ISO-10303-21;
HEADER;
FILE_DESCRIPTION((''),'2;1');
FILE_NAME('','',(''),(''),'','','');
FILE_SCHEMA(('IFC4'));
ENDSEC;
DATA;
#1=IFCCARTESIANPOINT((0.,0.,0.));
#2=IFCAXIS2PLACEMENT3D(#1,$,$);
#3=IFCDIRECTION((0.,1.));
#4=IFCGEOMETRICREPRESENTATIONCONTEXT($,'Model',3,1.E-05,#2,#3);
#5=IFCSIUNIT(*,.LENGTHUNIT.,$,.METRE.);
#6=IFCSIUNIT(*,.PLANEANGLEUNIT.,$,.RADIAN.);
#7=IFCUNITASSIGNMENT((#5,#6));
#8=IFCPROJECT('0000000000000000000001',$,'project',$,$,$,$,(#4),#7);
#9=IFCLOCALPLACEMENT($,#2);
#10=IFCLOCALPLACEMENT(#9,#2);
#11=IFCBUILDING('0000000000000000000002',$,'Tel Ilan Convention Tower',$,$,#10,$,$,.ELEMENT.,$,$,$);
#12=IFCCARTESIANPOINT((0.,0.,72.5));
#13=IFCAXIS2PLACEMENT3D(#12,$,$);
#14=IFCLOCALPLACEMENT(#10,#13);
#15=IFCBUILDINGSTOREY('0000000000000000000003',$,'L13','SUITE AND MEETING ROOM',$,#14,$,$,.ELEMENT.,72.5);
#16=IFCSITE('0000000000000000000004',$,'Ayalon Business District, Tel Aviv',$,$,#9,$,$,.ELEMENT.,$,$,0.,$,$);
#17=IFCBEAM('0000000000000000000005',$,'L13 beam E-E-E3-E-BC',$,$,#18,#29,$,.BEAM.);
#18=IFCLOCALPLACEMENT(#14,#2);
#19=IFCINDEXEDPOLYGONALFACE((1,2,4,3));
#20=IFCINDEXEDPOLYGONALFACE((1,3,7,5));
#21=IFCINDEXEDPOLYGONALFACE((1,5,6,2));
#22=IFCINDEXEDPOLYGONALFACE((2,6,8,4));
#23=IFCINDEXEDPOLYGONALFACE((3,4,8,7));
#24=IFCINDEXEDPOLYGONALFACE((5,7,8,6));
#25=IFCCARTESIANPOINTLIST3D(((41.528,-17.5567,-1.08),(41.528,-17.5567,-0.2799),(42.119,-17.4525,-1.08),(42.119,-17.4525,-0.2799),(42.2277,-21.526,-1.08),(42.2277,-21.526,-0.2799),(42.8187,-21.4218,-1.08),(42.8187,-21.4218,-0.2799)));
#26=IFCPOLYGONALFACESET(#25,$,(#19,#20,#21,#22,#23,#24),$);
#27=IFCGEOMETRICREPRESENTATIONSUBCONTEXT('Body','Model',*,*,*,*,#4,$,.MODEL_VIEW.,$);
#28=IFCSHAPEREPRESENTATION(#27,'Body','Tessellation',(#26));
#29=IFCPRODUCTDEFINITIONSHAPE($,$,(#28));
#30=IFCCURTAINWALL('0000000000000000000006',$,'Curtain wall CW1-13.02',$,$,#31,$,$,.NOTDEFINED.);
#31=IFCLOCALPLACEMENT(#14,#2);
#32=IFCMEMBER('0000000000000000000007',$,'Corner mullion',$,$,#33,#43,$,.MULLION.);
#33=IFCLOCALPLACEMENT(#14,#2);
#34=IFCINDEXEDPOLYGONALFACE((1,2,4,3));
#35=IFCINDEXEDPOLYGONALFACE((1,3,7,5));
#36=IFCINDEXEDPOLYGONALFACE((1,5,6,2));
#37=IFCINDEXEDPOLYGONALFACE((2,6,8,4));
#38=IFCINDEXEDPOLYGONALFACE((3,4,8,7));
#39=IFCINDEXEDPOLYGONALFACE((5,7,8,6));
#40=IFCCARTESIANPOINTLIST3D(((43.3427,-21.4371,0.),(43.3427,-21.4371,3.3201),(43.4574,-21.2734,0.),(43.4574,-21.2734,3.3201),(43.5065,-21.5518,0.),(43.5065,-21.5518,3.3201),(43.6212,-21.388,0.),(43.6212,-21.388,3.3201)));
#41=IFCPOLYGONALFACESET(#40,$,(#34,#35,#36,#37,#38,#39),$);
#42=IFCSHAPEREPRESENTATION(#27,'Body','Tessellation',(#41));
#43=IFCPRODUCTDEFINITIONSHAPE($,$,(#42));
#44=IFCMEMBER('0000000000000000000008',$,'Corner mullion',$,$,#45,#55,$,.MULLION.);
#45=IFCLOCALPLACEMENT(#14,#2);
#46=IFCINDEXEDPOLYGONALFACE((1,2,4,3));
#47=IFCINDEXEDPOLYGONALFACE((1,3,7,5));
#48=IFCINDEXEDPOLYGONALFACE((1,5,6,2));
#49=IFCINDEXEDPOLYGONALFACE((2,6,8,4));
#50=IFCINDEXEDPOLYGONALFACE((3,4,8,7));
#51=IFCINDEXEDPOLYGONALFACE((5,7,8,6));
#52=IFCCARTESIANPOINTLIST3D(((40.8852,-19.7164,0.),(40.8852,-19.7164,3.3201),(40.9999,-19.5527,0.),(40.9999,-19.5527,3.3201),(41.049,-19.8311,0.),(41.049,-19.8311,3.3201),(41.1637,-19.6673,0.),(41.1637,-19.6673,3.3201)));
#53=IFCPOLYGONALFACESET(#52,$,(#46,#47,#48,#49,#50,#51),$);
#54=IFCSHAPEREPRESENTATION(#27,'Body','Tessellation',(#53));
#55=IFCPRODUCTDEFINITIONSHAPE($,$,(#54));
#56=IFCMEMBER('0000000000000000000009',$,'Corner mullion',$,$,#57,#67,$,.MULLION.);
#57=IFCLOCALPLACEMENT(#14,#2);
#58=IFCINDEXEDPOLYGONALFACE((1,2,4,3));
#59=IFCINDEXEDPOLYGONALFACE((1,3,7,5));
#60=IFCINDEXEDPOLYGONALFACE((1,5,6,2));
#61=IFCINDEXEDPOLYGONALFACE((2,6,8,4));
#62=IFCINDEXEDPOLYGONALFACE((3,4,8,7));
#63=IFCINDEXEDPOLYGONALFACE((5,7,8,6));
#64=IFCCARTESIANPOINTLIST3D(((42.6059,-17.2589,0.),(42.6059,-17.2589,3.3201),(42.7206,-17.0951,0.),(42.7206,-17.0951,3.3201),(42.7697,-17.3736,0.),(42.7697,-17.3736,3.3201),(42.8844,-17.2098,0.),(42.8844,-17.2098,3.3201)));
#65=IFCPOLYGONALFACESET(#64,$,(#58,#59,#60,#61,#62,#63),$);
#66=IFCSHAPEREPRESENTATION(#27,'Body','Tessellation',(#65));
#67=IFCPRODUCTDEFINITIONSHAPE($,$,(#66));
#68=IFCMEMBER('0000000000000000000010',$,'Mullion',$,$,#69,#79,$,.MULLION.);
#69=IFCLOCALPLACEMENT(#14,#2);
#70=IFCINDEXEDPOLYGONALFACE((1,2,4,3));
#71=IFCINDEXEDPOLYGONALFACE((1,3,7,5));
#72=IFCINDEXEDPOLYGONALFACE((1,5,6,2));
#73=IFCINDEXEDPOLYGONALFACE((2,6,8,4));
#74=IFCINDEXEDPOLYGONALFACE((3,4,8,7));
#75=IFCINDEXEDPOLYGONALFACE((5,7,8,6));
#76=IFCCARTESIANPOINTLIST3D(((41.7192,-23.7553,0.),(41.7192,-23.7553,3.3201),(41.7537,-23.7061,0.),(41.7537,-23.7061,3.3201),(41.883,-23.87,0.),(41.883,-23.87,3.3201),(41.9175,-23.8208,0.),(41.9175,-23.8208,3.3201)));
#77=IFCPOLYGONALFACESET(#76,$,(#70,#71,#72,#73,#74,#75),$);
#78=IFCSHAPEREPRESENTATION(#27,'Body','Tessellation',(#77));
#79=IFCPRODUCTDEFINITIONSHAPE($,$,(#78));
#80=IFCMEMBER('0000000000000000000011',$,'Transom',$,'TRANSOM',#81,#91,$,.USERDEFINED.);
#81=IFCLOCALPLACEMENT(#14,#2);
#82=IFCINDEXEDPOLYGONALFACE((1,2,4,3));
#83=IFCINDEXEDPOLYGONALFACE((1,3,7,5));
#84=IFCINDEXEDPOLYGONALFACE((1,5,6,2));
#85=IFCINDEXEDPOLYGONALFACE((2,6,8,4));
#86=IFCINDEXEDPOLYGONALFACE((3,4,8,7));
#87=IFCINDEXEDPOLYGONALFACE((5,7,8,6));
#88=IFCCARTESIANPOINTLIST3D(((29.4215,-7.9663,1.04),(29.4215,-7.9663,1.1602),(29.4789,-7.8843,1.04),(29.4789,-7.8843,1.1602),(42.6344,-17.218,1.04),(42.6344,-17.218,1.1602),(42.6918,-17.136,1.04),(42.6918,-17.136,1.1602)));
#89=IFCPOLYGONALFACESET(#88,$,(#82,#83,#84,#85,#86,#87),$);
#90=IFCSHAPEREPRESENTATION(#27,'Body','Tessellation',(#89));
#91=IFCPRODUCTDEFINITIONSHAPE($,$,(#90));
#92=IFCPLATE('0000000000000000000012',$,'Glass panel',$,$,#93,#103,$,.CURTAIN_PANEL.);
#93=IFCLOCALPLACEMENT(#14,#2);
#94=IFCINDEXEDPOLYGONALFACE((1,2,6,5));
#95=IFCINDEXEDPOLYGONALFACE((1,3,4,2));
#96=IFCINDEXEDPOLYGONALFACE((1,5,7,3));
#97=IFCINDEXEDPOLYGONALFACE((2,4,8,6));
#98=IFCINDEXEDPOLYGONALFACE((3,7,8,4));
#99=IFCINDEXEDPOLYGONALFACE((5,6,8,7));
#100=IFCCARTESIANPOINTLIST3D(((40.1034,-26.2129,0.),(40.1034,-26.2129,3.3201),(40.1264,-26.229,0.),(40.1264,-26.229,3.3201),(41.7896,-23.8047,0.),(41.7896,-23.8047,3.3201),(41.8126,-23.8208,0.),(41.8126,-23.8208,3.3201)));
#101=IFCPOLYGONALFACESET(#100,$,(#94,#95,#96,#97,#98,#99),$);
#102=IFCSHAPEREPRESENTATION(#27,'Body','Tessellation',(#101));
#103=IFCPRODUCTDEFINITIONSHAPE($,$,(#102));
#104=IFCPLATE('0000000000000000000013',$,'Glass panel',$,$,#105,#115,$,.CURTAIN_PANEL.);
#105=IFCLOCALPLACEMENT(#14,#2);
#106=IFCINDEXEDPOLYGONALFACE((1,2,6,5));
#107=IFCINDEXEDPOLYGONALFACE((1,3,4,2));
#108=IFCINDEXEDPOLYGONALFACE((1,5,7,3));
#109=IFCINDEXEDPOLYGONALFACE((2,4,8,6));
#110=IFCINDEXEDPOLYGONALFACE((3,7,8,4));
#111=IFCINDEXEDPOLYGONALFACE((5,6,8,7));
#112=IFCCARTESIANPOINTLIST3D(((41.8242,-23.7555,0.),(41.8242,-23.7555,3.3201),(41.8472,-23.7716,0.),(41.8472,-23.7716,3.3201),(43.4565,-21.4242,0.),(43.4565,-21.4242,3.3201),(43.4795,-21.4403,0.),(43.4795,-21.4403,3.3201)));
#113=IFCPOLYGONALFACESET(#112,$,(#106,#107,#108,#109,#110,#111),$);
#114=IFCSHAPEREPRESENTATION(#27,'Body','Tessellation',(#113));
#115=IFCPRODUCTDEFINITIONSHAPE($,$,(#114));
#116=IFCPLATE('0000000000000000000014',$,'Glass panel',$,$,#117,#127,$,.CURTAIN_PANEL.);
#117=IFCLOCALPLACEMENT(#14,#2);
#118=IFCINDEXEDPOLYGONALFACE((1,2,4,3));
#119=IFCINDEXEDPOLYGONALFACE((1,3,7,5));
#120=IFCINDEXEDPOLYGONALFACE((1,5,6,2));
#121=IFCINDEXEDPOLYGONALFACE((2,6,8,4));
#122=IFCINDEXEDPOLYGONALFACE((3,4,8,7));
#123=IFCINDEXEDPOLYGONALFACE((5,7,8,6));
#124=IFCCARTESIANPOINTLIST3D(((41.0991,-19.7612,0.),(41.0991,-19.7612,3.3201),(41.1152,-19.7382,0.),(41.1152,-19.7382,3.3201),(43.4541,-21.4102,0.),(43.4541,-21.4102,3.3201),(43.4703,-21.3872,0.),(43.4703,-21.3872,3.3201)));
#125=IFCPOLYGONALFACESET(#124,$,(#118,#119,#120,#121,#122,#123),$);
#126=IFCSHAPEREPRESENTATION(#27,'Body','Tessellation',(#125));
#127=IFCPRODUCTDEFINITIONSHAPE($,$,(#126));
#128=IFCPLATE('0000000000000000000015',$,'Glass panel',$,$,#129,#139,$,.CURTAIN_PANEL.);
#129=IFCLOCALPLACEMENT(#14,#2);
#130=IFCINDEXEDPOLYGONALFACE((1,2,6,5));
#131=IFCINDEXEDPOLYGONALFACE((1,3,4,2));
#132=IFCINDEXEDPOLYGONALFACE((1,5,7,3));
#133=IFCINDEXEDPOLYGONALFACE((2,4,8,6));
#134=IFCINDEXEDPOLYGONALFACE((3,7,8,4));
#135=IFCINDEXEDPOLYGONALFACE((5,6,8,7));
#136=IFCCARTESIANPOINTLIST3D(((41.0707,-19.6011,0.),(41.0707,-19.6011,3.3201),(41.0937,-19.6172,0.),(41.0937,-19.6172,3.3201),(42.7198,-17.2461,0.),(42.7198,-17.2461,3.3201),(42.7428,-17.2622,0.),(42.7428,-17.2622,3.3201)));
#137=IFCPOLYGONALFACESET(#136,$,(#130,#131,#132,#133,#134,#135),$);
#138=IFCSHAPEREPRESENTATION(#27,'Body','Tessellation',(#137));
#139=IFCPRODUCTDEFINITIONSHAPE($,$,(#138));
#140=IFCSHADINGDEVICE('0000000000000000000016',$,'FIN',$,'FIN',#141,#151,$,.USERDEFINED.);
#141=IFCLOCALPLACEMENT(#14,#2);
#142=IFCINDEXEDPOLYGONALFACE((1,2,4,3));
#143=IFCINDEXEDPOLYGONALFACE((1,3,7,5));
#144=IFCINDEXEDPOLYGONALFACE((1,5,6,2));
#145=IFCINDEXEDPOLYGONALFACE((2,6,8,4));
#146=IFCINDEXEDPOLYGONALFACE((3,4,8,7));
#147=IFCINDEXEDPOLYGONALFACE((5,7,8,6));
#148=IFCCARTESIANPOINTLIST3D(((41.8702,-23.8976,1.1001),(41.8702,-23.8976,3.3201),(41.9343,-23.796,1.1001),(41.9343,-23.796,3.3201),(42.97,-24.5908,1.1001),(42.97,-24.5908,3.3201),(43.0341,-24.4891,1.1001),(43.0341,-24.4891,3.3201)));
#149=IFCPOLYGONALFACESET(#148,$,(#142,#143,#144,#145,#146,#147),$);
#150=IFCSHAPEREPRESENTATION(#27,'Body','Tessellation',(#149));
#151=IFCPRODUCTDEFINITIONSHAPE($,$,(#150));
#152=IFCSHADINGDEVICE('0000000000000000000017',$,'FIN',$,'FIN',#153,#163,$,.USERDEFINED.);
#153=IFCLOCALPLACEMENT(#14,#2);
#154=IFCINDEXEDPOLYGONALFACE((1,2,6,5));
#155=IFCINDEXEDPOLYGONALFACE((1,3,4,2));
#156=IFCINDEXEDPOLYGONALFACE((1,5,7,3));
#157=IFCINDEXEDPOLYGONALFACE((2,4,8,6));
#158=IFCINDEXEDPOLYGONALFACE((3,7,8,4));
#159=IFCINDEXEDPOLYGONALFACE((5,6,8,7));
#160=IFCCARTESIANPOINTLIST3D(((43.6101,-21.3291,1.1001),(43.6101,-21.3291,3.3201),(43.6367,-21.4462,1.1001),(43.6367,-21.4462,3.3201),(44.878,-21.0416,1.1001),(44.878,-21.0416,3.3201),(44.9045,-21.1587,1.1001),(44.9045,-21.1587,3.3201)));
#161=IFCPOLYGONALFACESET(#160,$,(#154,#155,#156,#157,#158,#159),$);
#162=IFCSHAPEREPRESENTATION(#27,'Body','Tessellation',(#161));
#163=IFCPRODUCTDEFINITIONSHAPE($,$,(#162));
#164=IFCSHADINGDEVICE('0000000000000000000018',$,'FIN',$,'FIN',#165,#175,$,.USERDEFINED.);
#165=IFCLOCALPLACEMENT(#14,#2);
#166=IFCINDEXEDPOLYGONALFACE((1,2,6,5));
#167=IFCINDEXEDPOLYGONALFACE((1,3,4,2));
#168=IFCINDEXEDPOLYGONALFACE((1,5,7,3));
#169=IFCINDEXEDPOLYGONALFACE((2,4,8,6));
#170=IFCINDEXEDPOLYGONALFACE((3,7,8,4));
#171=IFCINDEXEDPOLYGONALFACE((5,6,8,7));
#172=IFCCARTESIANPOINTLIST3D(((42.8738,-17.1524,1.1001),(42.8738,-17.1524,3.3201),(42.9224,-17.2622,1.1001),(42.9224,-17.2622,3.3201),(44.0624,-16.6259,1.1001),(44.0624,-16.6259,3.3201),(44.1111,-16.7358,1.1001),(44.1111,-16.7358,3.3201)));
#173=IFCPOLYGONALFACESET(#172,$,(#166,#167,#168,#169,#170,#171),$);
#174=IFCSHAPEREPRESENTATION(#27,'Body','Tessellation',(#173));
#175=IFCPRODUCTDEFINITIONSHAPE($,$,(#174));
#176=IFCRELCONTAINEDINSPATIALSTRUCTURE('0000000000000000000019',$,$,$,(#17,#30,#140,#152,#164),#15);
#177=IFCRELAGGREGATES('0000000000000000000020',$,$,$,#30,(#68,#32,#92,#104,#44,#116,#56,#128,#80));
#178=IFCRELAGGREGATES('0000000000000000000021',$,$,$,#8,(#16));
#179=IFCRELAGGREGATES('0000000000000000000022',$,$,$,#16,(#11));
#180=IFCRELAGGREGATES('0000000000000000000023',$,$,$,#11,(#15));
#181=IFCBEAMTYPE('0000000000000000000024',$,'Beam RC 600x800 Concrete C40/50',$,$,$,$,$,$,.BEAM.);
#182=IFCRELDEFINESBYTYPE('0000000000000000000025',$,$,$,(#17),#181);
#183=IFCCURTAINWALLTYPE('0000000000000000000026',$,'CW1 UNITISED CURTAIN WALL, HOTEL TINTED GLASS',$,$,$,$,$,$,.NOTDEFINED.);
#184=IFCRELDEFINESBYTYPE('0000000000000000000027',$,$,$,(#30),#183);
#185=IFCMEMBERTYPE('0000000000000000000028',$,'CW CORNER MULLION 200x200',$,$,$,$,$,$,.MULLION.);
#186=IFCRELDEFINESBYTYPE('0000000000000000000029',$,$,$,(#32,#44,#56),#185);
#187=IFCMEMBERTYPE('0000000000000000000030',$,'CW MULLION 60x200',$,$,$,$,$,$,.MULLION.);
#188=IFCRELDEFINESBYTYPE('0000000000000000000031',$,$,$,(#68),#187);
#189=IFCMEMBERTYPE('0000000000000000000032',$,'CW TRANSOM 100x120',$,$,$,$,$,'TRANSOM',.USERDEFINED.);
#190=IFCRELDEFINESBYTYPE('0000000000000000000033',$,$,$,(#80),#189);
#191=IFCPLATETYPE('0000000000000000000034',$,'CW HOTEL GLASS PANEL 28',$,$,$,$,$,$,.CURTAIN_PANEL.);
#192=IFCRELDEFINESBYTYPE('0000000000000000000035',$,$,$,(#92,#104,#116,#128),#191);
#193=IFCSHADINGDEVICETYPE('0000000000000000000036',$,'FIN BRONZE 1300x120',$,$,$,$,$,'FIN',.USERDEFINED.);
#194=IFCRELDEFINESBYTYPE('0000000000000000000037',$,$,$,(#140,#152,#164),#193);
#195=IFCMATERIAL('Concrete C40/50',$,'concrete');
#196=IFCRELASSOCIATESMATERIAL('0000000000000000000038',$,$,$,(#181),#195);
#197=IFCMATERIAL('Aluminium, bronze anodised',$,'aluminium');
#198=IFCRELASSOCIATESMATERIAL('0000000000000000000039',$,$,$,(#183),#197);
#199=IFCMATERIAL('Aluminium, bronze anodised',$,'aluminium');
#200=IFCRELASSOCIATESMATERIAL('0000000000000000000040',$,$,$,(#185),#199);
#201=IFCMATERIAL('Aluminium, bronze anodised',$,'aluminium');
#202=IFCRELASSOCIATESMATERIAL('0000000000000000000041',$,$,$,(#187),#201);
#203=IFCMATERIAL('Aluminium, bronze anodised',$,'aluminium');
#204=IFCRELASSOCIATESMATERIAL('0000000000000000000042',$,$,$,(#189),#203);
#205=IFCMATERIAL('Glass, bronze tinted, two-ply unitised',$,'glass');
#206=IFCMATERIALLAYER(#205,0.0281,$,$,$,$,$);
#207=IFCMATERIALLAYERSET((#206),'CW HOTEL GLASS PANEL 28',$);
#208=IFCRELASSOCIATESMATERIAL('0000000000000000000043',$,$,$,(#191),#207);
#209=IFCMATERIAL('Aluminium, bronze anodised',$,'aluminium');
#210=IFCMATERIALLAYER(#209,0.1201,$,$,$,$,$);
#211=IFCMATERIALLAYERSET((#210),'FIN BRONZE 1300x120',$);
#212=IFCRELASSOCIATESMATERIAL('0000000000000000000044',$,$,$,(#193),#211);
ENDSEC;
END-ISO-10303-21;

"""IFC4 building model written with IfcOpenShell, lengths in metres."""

from ifc_helpers import new_model, si_unit, direction, frame, origin, origin_2d, place, context, subcontext, project, spatial, rectangle, extrude, material, layer, layer_set, material_profile, profile_set, type_object, element, aggregate, save


model = new_model("IFC4")

# Units and contexts
model_context = context("Model", 3, precision=1e-05, world=origin(), true_north=direction((0.0, 1.0)))
body_context = subcontext(model_context, "Body", "Model", "MODEL_VIEW")
ifc_project = project(units=[si_unit("LENGTHUNIT", "METRE"), si_unit("PLANEANGLEUNIT", "RADIAN")], contexts=[model_context])

# Site, building, storey
site_placement = place(None, origin())
site = spatial("IfcSite", under=ifc_project, at=site_placement, Name="Ayalon Business District, Tel Aviv", CompositionType="ELEMENT", RefElevation=0.0)
building_placement = place(site_placement, origin())
building = spatial("IfcBuilding", under=site, at=building_placement, Name="Tel Ilan Convention Tower", CompositionType="ELEMENT")
storey_placement = place(building_placement, frame((0.0, 0.0, 72.5)))
storey = spatial("IfcBuildingStorey", under=building, at=storey_placement, Name="L13", Description="SUITE AND MEETING ROOM", CompositionType="ELEMENT", Elevation=72.5)

# Beam
ifc_material_1 = material(Name="Concrete C40/50", Category="concrete")
ifc_material_profile_1 = material_profile(ifc_material_1, rectangle(XDim=0.6001, YDim=0.8, at=origin_2d()), Name="RC 600x800")
ifc_profile_set_1 = profile_set([ifc_material_profile_1], Name="Concrete C40/50")
beam_type = type_object("IfcBeamType", Name="Beam RC 600x800 Concrete C40/50", PredefinedType="BEAM", material=ifc_profile_set_1)
beam_placement = place(storey_placement, frame((42.5232, -21.4739, -0.6799), z_axis=(-0.173606, 0.984815, 0.0), x_axis=(-0.984815, -0.173606, 0.0)))
element("IfcBeam", 1, at=beam_placement, inside=storey, type_object=beam_type, Name="L13 beam E-E-E3-E-BC", PredefinedType="BEAM", context=body_context, shape_type="SweptSolid", body=[
    extrude(rectangle(XDim=0.6001, YDim=0.8, at=origin_2d()), origin(), (0.0, 0.0, 1.0), 4.0305),
])

# Curtain wall, members, plates
ifc_material_2 = material(Name="Aluminium, bronze anodised", Category="aluminium")
curtain_wall_type = type_object("IfcCurtainWallType", Name="CW1 UNITISED CURTAIN WALL, HOTEL TINTED GLASS", PredefinedType="NOTDEFINED", material=ifc_material_2)
curtain_wall_placement = place(storey_placement, origin())
curtain_wall = element("IfcCurtainWall", 2, at=curtain_wall_placement, inside=storey, type_object=curtain_wall_type, Name="Curtain wall CW1-13.02", PredefinedType="NOTDEFINED")
ifc_material_3 = material(Name="Aluminium, bronze anodised", Category="aluminium")
ifc_material_profile_2 = material_profile(ifc_material_3, rectangle(XDim=0.2, YDim=0.2, at=origin_2d()), Name="CW CORNER MULLION 200x200")
ifc_profile_set_2 = profile_set([ifc_material_profile_2], Name="Aluminium, bronze anodised")
member_type_1 = type_object("IfcMemberType", Name="CW CORNER MULLION 200x200", PredefinedType="MULLION", material=ifc_profile_set_2)
member_1_placement = place(storey_placement, frame((43.4819, -21.4126, 0.0), z_axis=(0.0, 0.0, 1.0), x_axis=(0.573576, 0.819152, 0.0)))
member_1 = element("IfcMember", 3, at=member_1_placement, type_object=member_type_1, Name="Corner mullion", PredefinedType="MULLION", context=body_context, shape_type="SweptSolid", body=[
    extrude(rectangle(XDim=0.2, YDim=0.2, at=origin_2d()), origin(), (0.0, 0.0, 1.0), 3.3201),
])
member_2_placement = place(storey_placement, frame((41.0244, -19.6919, 0.0), z_axis=(0.0, 0.0, 1.0), x_axis=(-0.819152, 0.573576, 0.0)))
member_2 = element("IfcMember", 4, at=member_2_placement, type_object=member_type_1, Name="Corner mullion", PredefinedType="MULLION", context=body_context, shape_type="SweptSolid", body=[
    extrude(rectangle(XDim=0.2, YDim=0.2, at=origin_2d()), origin(), (0.0, 0.0, 1.0), 3.3201),
])
member_3_placement = place(storey_placement, frame((42.7451, -17.2344, 0.0), z_axis=(0.0, 0.0, 1.0), x_axis=(0.573576, 0.819152, 0.0)))
member_3 = element("IfcMember", 5, at=member_3_placement, type_object=member_type_1, Name="Corner mullion", PredefinedType="MULLION", context=body_context, shape_type="SweptSolid", body=[
    extrude(rectangle(XDim=0.2, YDim=0.2, at=origin_2d()), origin(), (0.0, 0.0, 1.0), 3.3201),
])
ifc_material_4 = material(Name="Aluminium, bronze anodised", Category="aluminium")
ifc_material_profile_3 = material_profile(ifc_material_4, rectangle(XDim=0.0601, YDim=0.2, at=origin_2d()), Name="CW MULLION 60x200")
ifc_profile_set_3 = profile_set([ifc_material_profile_3], Name="Aluminium, bronze anodised")
member_type_2 = type_object("IfcMemberType", Name="CW MULLION 60x200", PredefinedType="MULLION", material=ifc_profile_set_3)
member_4_placement = place(storey_placement, frame((41.8184, -23.7881, 0.0), z_axis=(0.0, 0.0, 1.0), x_axis=(0.573576, 0.819152, 0.0)))
member_4 = element("IfcMember", 6, at=member_4_placement, type_object=member_type_2, Name="Mullion", PredefinedType="MULLION", context=body_context, shape_type="SweptSolid", body=[
    extrude(rectangle(XDim=0.0601, YDim=0.2, at=origin_2d()), origin(), (0.0, 0.0, 1.0), 3.3201),
])
ifc_material_5 = material(Name="Aluminium, bronze anodised", Category="aluminium")
ifc_material_profile_4 = material_profile(ifc_material_5, rectangle(XDim=0.1001, YDim=0.1201, at=origin_2d()), Name="CW TRANSOM 100x120")
ifc_profile_set_4 = profile_set([ifc_material_profile_4], Name="Aluminium, bronze anodised")
member_type_3 = type_object("IfcMemberType", Name="CW TRANSOM 100x120", ElementType="TRANSOM", PredefinedType="USERDEFINED", material=ifc_profile_set_4)
member_5_placement = place(storey_placement, frame((42.6631, -17.177, 1.1001), z_axis=(-0.819154, 0.573574, 0.0), x_axis=(-0.573574, -0.819154, 0.0)))
member_5 = element("IfcMember", 7, at=member_5_placement, type_object=member_type_3, Name="Transom", ObjectType="TRANSOM", PredefinedType="USERDEFINED", context=body_context, shape_type="SweptSolid", body=[
    extrude(rectangle(XDim=0.1001, YDim=0.1201, at=origin_2d()), origin(), (0.0, 0.0, 1.0), 16.1299),
])
ifc_material_6 = material(Name="Glass, bronze tinted, two-ply unitised", Category="glass")
ifc_layer_1 = layer(ifc_material_6, 0.0281)
ifc_layer_set_1 = layer_set([ifc_layer_1], Name="CW HOTEL GLASS PANEL 28")
plate_type = type_object("IfcPlateType", Name="CW HOTEL GLASS PANEL 28", PredefinedType="CURTAIN_PANEL", material=ifc_layer_set_1)
plate_1_placement = place(storey_placement, frame((40.958, -25.0168, 0.0), z_axis=(0.0, 0.0, 1.0), x_axis=(0.573576, 0.819152, 0.0)))
plate_1 = element("IfcPlate", 8, at=plate_1_placement, type_object=plate_type, Name="Glass panel", PredefinedType="CURTAIN_PANEL", context=body_context, shape_type="SweptSolid", body=[
    extrude(rectangle(XDim=2.9399, YDim=0.0281, at=origin_2d()), origin(), (0.0, 0.0, 1.0), 3.3201),
])
plate_2_placement = place(storey_placement, frame((42.6519, -22.5979, 0.0), z_axis=(0.0, 0.0, 1.0), x_axis=(0.573576, 0.819152, 0.0)))
plate_2 = element("IfcPlate", 9, at=plate_2_placement, type_object=plate_type, Name="Glass panel", PredefinedType="CURTAIN_PANEL", context=body_context, shape_type="SweptSolid", body=[
    extrude(rectangle(XDim=2.8459, YDim=0.0281, at=origin_2d()), origin(), (0.0, 0.0, 1.0), 3.3201),
])
plate_3_placement = place(storey_placement, frame((42.2847, -20.5742, 0.0), z_axis=(0.0, 0.0, 1.0), x_axis=(-0.819152, 0.573576, 0.0)))
plate_3 = element("IfcPlate", 10, at=plate_3_placement, type_object=plate_type, Name="Glass panel", PredefinedType="CURTAIN_PANEL", context=body_context, shape_type="SweptSolid", body=[
    extrude(rectangle(XDim=2.875, YDim=0.0281, at=origin_2d()), origin(), (0.0, 0.0, 1.0), 3.3201),
])
plate_4_placement = place(storey_placement, frame((41.9067, -18.4316, 0.0), z_axis=(0.0, 0.0, 1.0), x_axis=(0.573576, 0.819152, 0.0)))
plate_4 = element("IfcPlate", 11, at=plate_4_placement, type_object=plate_type, Name="Glass panel", PredefinedType="CURTAIN_PANEL", context=body_context, shape_type="SweptSolid", body=[
    extrude(rectangle(XDim=2.875, YDim=0.0281, at=origin_2d()), origin(), (0.0, 0.0, 1.0), 3.3201),
])
aggregate(curtain_wall, [member_4, member_1, plate_1, plate_2, member_2, plate_3, member_3, plate_4, member_5])

# Shading devices
ifc_material_7 = material(Name="Aluminium, bronze anodised", Category="aluminium")
ifc_layer_2 = layer(ifc_material_7, 0.1201)
ifc_layer_set_2 = layer_set([ifc_layer_2], Name="FIN BRONZE 1300x120")
shading_device_type = type_object("IfcShadingDeviceType", Name="FIN BRONZE 1300x120", ElementType="FIN", PredefinedType="USERDEFINED", material=ifc_layer_set_2)
for number, where, z_axis, x_axis, name in (
    (12, (42.4521, -24.1934, 1.1001), (0.0, 0.0, 1.0), (0.845986, -0.533204, 0.0), "FIN"),
    (13, (44.2573, -21.2439, 1.1001), (0.0, 0.0, 1.0), (0.975235, 0.22117, 0.0), "FIN"),
    (14, (43.4924, -16.9441, 1.1001), (0.0, 0.0, 1.0), (0.914333, 0.404964, 0.0), "FIN"),
):
    element("IfcShadingDevice", number, at=place(storey_placement, frame(where, z_axis=z_axis, x_axis=x_axis)), inside=storey, type_object=shading_device_type, Name=name, ObjectType="FIN", PredefinedType="USERDEFINED", context=body_context, shape_type="SweptSolid", body=[
        extrude(rectangle(XDim=1.3, YDim=0.1201, at=origin_2d()), origin(), (0.0, 0.0, 1.0), 2.22),
    ])

save(model, "model.ifc")
